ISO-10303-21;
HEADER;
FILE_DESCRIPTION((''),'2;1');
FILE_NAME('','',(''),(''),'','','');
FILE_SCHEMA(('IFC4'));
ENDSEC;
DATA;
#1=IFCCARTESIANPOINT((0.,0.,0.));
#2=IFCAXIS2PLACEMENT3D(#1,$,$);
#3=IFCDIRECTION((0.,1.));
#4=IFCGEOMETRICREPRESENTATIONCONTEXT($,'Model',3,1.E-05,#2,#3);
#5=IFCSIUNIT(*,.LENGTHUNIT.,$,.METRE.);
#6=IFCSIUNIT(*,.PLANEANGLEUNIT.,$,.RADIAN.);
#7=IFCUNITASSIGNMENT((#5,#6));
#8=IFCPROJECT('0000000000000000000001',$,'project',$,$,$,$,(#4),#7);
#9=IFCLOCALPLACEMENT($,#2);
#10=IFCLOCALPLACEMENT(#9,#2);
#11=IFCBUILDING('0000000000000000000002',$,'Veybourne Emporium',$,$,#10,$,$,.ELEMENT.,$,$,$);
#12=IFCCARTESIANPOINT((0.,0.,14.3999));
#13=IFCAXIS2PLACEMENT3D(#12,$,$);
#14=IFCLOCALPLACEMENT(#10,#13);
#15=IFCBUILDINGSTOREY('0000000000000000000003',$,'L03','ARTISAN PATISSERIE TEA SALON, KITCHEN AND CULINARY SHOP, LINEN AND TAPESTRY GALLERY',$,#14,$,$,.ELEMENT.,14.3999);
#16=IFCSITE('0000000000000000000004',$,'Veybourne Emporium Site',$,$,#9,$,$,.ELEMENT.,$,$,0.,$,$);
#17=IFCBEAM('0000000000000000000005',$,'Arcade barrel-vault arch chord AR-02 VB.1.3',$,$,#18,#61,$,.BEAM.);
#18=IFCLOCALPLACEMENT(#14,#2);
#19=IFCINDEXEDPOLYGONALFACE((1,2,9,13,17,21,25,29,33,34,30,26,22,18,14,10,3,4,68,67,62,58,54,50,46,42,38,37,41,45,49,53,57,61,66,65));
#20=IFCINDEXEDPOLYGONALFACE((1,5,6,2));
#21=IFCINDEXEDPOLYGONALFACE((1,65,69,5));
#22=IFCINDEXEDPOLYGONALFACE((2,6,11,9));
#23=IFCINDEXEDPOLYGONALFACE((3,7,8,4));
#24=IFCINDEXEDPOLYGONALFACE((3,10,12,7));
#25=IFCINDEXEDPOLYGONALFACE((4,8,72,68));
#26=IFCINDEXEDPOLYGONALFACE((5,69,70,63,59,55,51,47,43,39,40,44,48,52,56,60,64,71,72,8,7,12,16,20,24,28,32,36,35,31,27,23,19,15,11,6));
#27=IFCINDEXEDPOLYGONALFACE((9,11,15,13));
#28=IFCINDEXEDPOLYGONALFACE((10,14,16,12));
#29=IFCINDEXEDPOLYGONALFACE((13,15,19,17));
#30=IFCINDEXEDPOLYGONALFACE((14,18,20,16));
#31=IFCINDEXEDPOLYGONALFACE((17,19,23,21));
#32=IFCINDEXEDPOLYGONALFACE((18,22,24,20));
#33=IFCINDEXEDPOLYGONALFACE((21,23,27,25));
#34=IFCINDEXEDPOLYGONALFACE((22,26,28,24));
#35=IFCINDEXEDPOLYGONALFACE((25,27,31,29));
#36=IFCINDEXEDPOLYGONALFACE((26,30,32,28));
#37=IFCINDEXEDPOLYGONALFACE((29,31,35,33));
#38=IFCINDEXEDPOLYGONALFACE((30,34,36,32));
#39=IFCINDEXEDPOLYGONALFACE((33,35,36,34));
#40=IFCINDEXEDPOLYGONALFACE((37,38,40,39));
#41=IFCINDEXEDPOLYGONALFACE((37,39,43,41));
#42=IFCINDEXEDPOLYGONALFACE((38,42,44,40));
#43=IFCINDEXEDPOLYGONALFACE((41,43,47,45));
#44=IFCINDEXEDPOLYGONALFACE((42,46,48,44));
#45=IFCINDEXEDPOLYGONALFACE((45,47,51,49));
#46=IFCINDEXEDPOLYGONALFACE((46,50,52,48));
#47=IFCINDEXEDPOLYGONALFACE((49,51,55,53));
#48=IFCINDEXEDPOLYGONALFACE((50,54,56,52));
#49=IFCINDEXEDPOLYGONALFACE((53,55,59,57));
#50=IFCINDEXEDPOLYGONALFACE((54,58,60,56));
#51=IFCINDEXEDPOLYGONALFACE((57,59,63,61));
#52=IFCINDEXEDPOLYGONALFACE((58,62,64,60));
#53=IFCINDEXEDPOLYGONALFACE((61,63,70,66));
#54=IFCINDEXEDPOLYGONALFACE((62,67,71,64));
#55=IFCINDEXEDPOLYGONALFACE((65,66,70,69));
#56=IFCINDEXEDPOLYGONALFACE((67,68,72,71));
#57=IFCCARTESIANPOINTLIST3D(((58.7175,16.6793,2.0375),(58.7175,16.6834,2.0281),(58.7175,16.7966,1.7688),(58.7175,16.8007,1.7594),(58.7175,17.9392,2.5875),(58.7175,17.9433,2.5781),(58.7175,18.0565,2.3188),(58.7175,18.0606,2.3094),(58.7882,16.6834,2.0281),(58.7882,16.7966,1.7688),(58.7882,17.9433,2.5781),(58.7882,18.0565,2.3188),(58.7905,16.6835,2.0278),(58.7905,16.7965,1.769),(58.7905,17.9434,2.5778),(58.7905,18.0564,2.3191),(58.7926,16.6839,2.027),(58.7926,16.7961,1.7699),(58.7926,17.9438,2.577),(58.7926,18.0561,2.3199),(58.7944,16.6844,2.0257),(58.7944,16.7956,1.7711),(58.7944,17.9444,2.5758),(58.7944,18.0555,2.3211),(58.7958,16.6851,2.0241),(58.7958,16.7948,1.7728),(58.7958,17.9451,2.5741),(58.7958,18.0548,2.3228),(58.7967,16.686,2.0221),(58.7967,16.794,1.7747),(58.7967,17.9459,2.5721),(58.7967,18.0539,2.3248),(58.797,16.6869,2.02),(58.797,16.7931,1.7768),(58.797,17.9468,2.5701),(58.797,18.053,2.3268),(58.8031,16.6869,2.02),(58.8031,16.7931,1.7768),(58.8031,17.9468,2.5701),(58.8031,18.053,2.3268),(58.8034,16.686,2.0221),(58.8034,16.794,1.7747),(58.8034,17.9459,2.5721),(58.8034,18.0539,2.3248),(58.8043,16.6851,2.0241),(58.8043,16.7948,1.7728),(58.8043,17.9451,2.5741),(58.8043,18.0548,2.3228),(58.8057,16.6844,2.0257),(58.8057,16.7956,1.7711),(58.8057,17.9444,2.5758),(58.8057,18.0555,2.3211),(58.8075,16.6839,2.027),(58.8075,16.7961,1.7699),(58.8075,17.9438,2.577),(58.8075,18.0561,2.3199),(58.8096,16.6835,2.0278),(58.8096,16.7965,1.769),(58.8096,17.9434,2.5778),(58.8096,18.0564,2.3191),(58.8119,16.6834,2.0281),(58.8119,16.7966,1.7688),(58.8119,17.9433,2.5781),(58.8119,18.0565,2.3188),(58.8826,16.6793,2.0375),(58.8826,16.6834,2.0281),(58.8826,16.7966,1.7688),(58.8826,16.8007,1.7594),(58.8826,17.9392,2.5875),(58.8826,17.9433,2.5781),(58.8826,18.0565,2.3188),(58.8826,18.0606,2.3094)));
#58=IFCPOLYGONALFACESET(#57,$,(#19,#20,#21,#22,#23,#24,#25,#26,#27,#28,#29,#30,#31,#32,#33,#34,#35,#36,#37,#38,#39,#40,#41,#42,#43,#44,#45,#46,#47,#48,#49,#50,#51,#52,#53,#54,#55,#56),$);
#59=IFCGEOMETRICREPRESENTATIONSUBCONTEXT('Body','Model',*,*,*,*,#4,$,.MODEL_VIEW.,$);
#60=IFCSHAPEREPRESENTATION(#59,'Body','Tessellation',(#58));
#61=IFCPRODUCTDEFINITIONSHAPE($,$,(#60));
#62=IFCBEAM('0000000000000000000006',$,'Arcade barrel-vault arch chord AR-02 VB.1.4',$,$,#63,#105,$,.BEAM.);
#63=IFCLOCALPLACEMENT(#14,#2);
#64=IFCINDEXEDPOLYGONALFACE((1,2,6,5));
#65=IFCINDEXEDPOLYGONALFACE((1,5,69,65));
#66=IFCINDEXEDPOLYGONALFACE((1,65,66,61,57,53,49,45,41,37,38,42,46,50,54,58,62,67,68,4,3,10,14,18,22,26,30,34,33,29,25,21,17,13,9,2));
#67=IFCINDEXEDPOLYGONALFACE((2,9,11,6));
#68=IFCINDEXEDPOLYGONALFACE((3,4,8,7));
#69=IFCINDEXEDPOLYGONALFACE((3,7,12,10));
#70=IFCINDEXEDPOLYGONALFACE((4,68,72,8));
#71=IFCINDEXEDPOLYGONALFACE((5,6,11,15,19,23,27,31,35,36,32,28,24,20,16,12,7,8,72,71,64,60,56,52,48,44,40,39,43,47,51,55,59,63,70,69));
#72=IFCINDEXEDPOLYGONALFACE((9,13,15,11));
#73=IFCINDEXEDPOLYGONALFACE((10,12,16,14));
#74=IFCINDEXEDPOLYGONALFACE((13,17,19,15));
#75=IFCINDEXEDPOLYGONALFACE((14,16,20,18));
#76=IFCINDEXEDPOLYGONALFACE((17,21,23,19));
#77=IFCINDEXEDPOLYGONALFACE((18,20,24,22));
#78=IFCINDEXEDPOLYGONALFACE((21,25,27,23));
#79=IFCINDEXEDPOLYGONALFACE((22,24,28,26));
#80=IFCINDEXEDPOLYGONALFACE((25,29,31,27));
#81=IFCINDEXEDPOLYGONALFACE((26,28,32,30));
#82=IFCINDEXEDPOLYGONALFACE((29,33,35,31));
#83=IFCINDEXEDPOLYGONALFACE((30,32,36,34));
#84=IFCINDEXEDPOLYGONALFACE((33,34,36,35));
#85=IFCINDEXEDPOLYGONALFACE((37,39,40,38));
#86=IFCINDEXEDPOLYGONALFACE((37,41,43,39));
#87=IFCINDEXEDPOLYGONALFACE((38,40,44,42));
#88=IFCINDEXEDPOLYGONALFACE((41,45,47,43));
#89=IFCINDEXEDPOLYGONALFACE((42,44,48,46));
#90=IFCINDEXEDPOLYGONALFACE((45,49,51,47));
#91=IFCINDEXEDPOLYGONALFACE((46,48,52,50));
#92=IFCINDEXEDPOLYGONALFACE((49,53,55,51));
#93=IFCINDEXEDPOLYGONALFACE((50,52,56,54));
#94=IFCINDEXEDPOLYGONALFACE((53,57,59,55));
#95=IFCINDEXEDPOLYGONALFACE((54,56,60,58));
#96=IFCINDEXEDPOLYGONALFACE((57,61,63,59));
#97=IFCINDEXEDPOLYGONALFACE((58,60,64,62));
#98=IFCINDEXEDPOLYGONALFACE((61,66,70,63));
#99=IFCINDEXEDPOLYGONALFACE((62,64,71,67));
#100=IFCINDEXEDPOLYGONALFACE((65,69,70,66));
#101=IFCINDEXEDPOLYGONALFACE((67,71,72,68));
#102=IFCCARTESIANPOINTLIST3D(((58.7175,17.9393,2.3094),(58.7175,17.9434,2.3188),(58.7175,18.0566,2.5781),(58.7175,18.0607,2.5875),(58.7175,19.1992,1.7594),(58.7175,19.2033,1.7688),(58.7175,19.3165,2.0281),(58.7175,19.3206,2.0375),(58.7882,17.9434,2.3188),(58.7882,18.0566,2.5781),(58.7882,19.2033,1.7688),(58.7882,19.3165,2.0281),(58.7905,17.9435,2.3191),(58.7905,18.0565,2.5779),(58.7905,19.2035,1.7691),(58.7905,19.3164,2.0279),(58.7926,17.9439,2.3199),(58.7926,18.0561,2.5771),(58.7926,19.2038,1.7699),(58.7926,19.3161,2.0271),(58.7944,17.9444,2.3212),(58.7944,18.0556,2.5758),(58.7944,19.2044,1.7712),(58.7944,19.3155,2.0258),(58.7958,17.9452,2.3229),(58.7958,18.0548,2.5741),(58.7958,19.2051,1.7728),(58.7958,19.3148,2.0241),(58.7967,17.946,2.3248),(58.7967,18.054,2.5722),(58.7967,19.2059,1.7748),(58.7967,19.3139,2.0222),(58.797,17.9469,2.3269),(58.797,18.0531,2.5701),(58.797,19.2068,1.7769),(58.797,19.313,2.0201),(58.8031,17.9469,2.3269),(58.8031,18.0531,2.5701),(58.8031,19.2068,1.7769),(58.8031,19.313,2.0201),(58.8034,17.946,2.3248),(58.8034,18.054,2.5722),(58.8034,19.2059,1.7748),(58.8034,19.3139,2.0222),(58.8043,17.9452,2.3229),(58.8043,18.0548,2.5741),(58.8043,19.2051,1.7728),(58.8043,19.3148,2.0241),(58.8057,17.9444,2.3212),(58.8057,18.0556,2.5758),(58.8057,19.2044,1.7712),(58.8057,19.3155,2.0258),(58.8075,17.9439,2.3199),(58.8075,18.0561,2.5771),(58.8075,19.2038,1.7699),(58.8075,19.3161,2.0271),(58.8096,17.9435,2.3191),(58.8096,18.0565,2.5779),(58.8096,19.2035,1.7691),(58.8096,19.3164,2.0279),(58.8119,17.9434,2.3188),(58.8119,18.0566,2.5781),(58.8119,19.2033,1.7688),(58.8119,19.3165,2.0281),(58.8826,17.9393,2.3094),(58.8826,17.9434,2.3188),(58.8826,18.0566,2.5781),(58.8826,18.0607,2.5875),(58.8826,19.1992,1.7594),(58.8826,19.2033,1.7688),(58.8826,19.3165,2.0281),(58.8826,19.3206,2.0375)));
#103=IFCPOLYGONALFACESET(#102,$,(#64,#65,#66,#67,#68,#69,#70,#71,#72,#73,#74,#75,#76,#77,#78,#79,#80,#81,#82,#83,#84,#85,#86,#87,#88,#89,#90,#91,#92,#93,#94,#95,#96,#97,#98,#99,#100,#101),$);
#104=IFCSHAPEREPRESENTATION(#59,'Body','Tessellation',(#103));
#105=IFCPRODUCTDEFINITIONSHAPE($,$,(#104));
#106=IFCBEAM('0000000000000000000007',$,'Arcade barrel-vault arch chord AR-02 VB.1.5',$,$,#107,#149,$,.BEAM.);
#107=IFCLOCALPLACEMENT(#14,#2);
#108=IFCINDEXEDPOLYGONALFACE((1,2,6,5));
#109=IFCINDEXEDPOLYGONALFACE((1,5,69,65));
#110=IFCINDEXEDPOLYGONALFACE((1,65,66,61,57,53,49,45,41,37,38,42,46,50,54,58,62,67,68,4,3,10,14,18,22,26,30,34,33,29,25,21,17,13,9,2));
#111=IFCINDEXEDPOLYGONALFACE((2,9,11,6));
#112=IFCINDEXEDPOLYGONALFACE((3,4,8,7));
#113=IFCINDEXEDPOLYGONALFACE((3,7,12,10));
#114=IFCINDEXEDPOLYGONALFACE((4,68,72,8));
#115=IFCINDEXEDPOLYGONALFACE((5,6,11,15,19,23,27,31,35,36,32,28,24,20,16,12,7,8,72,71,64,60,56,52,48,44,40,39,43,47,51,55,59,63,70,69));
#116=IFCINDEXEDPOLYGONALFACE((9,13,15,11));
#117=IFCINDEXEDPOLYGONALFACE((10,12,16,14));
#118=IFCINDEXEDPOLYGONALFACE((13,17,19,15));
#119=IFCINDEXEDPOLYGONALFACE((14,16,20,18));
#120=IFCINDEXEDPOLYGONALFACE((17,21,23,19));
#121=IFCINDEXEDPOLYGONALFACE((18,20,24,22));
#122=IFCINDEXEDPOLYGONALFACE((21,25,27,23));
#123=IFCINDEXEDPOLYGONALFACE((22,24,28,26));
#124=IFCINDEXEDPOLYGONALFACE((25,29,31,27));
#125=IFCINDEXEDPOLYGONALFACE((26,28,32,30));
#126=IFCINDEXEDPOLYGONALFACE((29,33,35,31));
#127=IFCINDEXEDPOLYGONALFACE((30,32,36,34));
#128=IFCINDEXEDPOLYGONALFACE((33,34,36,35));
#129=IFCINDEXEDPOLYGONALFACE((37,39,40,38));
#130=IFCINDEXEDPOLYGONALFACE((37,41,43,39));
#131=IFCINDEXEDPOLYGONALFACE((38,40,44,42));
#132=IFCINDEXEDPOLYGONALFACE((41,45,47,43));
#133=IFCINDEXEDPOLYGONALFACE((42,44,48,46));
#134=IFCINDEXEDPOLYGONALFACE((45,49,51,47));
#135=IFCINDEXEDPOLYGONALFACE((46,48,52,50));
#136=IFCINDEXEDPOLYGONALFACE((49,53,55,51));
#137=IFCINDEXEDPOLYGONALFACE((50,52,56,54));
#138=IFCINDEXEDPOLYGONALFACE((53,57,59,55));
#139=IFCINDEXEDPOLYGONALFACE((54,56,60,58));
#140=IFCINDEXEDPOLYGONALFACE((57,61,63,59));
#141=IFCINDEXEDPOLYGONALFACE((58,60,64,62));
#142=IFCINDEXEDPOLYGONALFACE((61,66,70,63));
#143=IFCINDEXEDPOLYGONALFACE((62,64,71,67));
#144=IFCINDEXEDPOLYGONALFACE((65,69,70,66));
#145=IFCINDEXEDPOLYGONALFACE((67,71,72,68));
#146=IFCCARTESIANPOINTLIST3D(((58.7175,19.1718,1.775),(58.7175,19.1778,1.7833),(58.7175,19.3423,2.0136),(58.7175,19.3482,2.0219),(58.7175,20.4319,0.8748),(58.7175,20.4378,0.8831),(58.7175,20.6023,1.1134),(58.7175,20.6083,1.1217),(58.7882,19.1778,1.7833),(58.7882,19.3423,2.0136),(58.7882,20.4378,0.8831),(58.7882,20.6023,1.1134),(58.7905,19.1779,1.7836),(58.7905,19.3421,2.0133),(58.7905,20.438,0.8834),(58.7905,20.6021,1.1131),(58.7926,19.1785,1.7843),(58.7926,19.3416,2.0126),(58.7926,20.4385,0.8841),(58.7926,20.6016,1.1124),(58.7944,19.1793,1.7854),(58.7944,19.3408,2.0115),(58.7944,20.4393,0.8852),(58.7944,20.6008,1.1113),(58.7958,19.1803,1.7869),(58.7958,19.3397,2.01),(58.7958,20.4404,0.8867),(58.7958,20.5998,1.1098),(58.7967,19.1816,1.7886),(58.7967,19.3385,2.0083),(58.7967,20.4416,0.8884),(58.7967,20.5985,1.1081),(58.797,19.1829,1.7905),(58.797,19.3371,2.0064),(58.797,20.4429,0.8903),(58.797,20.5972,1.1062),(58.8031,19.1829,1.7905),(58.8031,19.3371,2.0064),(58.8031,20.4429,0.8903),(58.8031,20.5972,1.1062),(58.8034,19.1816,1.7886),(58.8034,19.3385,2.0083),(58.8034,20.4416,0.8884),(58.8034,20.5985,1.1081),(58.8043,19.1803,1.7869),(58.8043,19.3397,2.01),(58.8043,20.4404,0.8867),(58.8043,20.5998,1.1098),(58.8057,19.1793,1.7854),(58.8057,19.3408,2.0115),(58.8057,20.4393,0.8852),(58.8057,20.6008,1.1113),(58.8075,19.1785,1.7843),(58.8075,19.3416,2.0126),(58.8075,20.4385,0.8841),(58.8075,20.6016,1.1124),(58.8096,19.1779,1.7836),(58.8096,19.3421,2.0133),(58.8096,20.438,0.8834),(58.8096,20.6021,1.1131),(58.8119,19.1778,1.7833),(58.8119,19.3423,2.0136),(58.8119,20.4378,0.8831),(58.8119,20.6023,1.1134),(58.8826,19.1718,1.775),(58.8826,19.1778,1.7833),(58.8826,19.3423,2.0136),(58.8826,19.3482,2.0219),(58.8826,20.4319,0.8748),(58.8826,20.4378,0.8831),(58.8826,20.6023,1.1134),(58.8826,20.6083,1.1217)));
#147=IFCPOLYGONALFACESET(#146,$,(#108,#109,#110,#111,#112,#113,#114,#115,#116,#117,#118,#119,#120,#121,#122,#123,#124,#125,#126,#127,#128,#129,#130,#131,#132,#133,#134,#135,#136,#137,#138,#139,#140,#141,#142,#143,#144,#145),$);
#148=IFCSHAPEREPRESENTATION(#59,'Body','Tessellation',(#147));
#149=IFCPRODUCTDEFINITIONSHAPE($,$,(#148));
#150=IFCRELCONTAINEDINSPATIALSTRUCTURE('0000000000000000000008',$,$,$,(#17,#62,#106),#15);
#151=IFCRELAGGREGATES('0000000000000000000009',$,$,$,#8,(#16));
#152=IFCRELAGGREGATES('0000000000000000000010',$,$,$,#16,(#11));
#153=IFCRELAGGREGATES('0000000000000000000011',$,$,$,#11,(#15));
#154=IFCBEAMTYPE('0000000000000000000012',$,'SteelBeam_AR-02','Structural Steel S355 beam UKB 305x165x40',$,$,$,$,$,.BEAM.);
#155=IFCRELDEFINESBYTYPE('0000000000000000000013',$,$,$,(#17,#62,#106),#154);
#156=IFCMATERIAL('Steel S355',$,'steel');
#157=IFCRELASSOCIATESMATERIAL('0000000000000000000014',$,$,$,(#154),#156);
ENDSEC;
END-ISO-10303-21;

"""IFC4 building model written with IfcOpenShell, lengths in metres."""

from ifc_helpers import new_model, si_unit, direction, frame, origin, origin_2d, place, context, subcontext, project, spatial, i_section, extrude, material, material_profile, profile_set, type_object, element, save


model = new_model("IFC4")

# Units and contexts
model_context = context("Model", 3, precision=1e-05, world=origin(), true_north=direction((0.0, 1.0)))
body_context = subcontext(model_context, "Body", "Model", "MODEL_VIEW")
ifc_project = project(units=[si_unit("LENGTHUNIT", "METRE"), si_unit("PLANEANGLEUNIT", "RADIAN")], contexts=[model_context])

# Site, building, storey
site_placement = place(None, origin())
site = spatial("IfcSite", under=ifc_project, at=site_placement, Name="Veybourne Emporium Site", CompositionType="ELEMENT", RefElevation=0.0)
building_placement = place(site_placement, origin())
building = spatial("IfcBuilding", under=site, at=building_placement, Name="Veybourne Emporium", CompositionType="ELEMENT")
storey_placement = place(building_placement, frame((0.0, 0.0, 14.3999)))
storey = spatial("IfcBuildingStorey", under=building, at=storey_placement, Name="L03", Description="ARTISAN PATISSERIE TEA SALON, KITCHEN AND CULINARY SHOP, LINEN AND TAPESTRY GALLERY", CompositionType="ELEMENT", Elevation=14.3999)

# Beams
ifc_material_1 = material(Name="Steel S355", Category="steel")
ifc_material_profile_1 = material_profile(ifc_material_1, i_section(OverallWidth=0.165, OverallDepth=0.3035, WebThickness=0.0061, FlangeThickness=0.0103, FilletRadius=0.0088, at=origin_2d()), Name="UKB 305x165x40")
ifc_profile_set_1 = profile_set([ifc_material_profile_1], Name="Steel S355")
beam_type_1 = type_object("IfcBeamType", Name="SteelBeam_AR-02", Description="Structural Steel S355 beam UKB 305x165x40", PredefinedType="BEAM", material=ifc_profile_set_1)
for number, where, z_axis, x_axis, name in (
    (1, (58.8, 16.74, 1.8984), (0.0, 0.916479, 0.400083), (-1.0, 0.0, 0.0), "Arcade barrel-vault arch chord AR-02 VB.1.3"),
    (2, (58.8, 18.0, 2.4485), (0.0, 0.916479, -0.400083), (-1.0, 0.0, 0.0), "Arcade barrel-vault arch chord AR-02 VB.1.4"),
):
    element("IfcBeam", number, at=place(storey_placement, frame(where, z_axis=z_axis, x_axis=x_axis)), inside=storey, type_object=beam_type_1, Name=name, PredefinedType="BEAM", context=body_context, shape_type="SweptSolid", body=[
        extrude(i_section(OverallWidth=0.165, OverallDepth=0.3035, WebThickness=0.0061, FlangeThickness=0.0103, FilletRadius=0.0088, at=origin_2d()), origin(), (0.0, 0.0, 1.0), 1.3748),
    ])
beam_1_placement = place(storey_placement, frame((58.8, 19.26, 1.8984), z_axis=(0.0, 0.813691, -0.581298), x_axis=(-1.0, 0.0, 0.0)))
element("IfcBeam", 3, at=beam_1_placement, inside=storey, type_object=beam_type_1, Name="Arcade barrel-vault arch chord AR-02 VB.1.5", PredefinedType="BEAM", context=body_context, shape_type="SweptSolid", body=[
    extrude(i_section(OverallWidth=0.165, OverallDepth=0.3035, WebThickness=0.0061, FlangeThickness=0.0103, FilletRadius=0.0088, at=origin_2d()), origin(), (0.0, 0.0, 1.0), 1.5486),
])

save(model, "model.ifc")
